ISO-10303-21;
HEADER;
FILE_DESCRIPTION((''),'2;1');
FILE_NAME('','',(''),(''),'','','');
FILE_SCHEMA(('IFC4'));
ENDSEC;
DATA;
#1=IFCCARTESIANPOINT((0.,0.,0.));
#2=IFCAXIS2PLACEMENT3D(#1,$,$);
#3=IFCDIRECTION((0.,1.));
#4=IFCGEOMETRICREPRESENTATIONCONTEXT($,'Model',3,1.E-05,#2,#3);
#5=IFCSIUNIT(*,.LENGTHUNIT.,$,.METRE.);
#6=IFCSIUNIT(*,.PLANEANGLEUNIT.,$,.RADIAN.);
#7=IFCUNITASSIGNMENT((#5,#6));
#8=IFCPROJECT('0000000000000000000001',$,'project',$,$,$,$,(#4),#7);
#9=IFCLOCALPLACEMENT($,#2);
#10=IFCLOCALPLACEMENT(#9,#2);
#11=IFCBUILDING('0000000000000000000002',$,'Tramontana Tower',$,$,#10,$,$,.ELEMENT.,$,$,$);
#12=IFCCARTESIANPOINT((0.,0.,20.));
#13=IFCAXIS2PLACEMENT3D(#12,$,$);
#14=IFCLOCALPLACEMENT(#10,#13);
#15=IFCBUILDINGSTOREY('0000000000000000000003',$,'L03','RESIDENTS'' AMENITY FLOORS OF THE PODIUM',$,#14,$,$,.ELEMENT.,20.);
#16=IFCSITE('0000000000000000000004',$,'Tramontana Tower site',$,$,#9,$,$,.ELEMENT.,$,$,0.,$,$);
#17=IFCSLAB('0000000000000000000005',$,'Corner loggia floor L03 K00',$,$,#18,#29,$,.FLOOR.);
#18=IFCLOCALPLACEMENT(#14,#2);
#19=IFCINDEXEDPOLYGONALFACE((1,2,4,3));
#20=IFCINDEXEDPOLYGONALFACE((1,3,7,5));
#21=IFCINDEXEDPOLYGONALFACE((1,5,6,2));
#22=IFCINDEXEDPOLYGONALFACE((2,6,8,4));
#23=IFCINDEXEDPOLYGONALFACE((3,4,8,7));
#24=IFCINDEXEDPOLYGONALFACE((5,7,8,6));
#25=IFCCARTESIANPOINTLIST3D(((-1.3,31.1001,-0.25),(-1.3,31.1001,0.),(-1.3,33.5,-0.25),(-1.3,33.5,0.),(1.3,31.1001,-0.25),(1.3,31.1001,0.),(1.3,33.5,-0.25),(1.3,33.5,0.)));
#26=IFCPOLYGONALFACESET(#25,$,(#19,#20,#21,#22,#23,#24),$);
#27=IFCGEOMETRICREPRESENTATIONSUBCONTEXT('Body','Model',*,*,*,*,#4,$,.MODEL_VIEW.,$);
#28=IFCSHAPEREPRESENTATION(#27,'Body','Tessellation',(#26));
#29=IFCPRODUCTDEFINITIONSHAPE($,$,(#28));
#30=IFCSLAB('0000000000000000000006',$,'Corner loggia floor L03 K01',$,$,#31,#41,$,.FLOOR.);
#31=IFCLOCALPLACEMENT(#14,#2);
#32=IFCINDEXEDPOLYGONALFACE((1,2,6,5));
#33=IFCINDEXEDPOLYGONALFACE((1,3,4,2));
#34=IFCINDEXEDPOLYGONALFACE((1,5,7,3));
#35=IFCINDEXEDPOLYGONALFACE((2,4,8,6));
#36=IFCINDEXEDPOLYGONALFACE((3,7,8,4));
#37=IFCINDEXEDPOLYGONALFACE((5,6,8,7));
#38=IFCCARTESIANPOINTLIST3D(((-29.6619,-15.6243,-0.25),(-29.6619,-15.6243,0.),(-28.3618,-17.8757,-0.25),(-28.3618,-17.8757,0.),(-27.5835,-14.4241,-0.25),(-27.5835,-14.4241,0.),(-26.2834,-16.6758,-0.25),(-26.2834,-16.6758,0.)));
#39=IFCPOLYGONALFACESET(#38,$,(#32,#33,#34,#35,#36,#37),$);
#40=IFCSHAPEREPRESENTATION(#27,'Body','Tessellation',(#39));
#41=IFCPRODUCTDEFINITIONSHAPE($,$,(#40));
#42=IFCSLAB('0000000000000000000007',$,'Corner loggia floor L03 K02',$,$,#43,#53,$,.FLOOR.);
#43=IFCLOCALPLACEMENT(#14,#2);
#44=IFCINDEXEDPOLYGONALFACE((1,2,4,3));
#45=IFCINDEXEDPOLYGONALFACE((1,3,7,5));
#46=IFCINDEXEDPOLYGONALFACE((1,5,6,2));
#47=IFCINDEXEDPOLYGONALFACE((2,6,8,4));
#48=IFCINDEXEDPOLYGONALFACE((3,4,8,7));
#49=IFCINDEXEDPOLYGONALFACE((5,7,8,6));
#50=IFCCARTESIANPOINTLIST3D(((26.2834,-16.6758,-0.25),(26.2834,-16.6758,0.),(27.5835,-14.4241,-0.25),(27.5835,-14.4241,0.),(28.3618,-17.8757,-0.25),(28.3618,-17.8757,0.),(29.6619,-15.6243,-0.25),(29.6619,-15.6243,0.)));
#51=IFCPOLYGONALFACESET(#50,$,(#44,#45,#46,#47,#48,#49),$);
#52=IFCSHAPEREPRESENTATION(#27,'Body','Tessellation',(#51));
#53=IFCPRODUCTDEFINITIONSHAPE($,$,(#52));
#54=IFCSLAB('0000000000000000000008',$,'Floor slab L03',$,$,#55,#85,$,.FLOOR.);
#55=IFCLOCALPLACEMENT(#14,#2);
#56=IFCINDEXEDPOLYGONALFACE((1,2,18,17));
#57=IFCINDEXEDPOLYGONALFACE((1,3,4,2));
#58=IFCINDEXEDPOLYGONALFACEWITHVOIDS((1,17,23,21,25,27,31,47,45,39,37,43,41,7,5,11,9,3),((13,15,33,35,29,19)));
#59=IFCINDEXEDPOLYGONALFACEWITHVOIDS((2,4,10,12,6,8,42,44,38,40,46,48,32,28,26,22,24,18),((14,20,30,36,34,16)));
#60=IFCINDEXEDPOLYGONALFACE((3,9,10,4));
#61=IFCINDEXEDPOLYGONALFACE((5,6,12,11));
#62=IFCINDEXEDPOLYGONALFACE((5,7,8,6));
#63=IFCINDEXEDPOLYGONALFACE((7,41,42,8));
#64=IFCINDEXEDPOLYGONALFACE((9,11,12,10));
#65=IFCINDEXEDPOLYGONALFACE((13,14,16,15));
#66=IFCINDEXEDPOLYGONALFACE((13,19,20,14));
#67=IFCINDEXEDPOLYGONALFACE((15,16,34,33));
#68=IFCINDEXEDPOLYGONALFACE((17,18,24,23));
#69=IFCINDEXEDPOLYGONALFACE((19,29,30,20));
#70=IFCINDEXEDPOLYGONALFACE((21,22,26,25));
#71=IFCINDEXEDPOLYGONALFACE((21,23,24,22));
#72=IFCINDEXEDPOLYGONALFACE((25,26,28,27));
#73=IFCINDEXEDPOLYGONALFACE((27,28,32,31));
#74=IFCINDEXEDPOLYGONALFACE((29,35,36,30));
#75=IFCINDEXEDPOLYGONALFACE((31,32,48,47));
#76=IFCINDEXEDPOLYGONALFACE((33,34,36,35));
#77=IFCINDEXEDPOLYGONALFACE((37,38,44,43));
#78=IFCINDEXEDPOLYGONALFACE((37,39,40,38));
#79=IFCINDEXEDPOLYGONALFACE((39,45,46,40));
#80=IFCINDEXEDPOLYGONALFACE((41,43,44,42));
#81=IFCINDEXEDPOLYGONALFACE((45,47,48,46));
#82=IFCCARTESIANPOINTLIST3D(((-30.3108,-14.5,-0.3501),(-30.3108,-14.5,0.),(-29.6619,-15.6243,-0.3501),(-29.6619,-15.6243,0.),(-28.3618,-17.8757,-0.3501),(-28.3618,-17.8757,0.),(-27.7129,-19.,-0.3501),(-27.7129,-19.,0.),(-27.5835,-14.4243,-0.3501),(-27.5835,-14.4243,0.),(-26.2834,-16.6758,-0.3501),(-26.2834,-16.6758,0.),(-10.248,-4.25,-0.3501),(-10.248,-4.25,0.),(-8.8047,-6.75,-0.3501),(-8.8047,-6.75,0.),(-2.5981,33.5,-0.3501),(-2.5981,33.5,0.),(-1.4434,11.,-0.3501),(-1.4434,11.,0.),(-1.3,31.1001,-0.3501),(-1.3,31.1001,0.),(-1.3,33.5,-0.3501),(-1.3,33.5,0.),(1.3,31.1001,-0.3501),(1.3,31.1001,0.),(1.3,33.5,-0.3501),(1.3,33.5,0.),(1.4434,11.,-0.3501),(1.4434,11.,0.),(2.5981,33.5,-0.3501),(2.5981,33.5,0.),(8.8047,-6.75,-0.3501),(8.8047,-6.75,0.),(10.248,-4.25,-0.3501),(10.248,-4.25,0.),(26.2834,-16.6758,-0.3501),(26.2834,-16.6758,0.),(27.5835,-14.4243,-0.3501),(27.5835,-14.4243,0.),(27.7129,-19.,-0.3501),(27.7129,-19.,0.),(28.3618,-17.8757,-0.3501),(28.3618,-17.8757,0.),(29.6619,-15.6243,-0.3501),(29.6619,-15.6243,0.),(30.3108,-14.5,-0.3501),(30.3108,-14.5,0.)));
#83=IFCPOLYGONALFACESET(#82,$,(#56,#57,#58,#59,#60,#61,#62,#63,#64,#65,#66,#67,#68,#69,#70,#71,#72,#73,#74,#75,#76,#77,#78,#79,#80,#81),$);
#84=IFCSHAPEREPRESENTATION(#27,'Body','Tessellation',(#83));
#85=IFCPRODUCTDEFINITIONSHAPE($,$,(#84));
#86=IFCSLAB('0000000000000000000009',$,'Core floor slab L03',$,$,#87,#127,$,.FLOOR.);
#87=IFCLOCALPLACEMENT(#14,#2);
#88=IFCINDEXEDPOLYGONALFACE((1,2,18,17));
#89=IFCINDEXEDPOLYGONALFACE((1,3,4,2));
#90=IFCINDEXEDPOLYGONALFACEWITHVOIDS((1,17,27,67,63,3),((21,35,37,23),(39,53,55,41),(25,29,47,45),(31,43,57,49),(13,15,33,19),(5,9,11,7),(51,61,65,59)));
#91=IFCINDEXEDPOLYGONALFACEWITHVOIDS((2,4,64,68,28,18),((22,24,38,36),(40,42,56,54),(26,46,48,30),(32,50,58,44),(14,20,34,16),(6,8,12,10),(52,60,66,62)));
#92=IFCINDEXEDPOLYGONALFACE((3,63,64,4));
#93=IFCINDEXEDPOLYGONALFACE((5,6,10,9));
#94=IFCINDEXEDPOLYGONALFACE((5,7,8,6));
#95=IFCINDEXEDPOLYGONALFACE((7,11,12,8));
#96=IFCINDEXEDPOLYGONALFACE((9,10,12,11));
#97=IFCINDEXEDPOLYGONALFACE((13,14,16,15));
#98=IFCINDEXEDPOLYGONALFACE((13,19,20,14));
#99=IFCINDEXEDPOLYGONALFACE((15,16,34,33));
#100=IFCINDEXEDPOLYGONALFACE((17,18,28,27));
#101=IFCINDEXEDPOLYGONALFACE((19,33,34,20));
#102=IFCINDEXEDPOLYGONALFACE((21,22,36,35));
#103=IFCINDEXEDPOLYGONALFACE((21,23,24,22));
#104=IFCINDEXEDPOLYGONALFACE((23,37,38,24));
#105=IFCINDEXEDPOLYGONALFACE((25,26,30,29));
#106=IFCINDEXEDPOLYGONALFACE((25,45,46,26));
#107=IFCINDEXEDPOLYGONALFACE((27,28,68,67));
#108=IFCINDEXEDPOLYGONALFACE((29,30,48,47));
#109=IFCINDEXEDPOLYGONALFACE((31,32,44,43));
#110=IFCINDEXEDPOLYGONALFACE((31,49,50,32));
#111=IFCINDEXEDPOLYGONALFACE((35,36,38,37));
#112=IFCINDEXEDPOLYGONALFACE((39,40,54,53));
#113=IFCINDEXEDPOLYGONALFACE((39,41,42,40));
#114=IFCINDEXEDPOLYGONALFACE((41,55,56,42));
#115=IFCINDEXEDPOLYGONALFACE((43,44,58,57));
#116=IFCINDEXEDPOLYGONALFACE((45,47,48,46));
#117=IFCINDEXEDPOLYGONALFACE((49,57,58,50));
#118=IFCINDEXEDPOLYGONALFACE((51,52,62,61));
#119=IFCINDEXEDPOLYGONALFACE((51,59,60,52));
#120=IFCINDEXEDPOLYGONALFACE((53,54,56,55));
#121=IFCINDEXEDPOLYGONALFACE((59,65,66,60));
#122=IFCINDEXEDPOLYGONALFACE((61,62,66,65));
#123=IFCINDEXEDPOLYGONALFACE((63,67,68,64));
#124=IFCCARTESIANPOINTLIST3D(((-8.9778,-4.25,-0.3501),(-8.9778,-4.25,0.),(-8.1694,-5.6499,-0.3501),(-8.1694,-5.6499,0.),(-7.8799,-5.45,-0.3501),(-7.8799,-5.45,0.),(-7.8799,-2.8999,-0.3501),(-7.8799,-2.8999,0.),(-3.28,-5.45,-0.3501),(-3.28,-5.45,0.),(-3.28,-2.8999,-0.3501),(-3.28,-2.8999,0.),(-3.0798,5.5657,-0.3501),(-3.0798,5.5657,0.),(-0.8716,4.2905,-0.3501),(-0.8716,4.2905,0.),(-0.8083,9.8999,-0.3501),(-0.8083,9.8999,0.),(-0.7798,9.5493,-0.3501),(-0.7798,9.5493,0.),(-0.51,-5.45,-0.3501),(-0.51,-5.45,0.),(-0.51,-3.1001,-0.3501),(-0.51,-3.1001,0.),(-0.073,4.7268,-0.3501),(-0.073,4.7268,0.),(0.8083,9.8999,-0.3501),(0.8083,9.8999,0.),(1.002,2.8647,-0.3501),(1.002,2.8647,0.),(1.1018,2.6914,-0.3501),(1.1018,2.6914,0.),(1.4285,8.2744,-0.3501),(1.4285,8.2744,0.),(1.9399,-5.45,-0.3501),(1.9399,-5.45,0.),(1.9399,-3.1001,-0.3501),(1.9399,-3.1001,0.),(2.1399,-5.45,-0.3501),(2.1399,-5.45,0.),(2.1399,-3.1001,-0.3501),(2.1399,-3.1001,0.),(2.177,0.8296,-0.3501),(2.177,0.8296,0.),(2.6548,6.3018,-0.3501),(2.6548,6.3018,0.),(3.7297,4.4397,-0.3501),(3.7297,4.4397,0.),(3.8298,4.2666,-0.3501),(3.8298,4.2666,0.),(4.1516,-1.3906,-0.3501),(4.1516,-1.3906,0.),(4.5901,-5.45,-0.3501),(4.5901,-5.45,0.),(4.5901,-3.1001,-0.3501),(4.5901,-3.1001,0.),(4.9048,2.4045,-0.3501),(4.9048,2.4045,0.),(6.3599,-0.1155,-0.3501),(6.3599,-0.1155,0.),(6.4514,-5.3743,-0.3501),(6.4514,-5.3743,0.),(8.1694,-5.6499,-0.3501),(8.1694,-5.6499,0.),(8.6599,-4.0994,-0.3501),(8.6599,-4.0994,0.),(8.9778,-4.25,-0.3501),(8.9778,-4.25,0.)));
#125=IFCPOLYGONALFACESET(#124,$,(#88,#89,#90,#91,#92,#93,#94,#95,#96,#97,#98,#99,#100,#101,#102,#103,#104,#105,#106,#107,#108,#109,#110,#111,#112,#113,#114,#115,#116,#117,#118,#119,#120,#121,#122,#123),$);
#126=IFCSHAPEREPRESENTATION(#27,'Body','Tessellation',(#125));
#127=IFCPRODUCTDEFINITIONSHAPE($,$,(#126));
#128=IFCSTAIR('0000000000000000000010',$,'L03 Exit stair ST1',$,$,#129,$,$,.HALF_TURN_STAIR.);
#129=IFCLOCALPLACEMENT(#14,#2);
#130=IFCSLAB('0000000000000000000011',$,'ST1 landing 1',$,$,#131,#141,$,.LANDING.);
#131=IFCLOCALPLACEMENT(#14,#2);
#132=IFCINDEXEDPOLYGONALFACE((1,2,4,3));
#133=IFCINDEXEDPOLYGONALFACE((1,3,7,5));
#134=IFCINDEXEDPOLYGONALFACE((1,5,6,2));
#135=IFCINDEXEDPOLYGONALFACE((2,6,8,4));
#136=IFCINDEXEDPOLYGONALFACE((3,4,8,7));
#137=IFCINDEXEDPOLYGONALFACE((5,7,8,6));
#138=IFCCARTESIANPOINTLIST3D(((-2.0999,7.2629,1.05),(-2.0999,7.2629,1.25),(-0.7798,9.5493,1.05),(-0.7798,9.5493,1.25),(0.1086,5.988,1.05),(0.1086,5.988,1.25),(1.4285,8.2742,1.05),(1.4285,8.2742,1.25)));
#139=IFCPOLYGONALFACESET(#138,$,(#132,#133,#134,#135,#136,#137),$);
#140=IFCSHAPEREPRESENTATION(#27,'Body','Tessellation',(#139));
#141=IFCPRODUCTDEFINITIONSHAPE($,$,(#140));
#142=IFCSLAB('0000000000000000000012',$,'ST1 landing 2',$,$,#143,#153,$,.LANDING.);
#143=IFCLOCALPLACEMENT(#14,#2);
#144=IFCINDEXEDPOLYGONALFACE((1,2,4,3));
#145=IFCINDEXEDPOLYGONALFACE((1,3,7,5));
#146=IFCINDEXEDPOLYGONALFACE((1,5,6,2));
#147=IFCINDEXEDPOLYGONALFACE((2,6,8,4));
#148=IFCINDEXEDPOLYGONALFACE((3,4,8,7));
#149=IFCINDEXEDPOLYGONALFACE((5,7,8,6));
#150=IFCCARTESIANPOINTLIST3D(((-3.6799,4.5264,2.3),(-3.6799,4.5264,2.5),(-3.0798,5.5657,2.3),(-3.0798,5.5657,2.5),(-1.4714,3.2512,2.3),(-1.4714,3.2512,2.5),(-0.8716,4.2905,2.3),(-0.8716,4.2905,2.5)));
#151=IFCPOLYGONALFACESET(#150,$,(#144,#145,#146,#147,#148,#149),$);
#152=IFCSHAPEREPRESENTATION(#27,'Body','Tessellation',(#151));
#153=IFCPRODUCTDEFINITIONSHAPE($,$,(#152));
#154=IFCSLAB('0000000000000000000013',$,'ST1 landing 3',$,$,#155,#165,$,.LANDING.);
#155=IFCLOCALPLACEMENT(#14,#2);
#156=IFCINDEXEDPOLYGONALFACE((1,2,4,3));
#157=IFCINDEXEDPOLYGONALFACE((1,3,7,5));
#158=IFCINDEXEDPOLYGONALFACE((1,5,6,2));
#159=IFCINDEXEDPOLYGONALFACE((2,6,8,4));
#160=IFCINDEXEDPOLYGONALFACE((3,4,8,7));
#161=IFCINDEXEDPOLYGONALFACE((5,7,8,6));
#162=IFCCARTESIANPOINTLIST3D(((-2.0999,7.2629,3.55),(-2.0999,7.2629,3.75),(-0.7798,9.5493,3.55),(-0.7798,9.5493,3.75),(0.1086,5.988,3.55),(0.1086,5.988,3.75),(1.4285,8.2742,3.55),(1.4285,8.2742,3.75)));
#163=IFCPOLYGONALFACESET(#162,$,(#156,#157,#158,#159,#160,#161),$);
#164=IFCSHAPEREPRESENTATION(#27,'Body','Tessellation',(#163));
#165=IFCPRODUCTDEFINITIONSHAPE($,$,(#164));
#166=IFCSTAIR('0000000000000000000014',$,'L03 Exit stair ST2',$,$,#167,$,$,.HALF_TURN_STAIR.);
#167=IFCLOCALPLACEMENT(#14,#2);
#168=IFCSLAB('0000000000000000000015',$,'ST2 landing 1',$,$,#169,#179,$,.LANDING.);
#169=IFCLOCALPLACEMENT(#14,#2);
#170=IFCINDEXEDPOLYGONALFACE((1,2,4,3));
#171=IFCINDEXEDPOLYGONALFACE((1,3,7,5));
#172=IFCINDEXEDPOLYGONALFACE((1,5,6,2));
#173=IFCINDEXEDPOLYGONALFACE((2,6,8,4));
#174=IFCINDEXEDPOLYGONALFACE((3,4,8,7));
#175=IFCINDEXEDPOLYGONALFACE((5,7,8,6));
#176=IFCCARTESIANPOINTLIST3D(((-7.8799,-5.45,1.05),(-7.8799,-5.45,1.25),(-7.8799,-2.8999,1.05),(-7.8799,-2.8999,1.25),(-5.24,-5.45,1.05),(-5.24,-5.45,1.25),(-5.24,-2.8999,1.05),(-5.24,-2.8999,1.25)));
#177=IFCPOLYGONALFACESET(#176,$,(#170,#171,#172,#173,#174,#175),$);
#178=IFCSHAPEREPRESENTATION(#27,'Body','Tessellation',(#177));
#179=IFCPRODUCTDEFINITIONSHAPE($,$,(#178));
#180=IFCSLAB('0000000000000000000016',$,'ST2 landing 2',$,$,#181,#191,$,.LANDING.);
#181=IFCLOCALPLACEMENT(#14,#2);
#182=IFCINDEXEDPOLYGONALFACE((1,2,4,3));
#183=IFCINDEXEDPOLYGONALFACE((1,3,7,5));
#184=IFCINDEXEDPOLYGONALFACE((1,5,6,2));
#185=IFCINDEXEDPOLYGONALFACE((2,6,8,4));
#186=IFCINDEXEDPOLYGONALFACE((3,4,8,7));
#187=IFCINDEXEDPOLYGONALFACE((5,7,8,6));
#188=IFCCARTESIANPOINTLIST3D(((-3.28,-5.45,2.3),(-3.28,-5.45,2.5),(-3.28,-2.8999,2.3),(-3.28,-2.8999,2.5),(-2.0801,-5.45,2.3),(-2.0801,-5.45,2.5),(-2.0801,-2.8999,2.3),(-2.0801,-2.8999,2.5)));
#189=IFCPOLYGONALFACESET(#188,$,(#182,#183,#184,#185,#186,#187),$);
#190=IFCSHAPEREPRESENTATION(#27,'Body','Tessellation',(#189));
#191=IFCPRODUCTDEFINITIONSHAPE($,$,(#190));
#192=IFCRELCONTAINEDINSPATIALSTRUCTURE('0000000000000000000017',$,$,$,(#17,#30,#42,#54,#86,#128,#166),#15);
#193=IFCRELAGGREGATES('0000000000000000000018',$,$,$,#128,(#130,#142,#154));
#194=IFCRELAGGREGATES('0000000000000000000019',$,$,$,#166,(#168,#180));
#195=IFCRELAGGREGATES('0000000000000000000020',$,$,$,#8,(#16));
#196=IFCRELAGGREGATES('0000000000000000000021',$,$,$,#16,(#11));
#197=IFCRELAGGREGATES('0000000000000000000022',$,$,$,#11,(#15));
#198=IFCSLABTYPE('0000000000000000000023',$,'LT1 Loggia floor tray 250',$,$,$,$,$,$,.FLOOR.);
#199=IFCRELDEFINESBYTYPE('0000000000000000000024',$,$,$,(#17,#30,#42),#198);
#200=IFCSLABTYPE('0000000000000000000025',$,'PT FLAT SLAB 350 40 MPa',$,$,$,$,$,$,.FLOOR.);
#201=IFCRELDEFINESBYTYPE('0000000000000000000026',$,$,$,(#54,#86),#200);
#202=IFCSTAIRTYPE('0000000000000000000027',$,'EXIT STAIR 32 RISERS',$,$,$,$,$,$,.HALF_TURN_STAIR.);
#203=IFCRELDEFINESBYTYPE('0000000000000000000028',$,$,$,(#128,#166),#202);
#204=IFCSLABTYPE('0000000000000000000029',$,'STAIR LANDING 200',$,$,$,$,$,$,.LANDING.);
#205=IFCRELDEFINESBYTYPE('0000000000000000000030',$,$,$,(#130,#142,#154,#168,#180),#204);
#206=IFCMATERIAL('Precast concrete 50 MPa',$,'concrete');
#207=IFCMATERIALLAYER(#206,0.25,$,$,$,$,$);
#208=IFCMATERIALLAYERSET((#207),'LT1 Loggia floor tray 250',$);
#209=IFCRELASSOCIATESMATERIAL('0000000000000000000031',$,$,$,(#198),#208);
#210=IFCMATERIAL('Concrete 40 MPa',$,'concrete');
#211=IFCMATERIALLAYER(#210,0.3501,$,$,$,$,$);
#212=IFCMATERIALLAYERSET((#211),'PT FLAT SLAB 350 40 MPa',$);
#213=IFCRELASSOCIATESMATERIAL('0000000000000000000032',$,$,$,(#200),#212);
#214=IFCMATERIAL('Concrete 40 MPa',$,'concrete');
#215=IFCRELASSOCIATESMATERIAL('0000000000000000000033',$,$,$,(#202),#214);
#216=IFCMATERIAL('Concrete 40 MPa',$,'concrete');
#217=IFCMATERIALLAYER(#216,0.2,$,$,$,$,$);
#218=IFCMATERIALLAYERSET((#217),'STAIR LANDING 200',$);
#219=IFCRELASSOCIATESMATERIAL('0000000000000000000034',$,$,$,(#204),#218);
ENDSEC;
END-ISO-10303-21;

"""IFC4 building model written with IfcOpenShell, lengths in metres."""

from ifc_helpers import new_model, si_unit, direction, frame, origin, place, context, subcontext, project, spatial, polyline, outline, extrude, material, layer, layer_set, type_object, element, aggregate, save


model = new_model("IFC4")

# Units and contexts
model_context = context("Model", 3, precision=1e-05, world=origin(), true_north=direction((0.0, 1.0)))
body_context = subcontext(model_context, "Body", "Model", "MODEL_VIEW")
ifc_project = project(units=[si_unit("LENGTHUNIT", "METRE"), si_unit("PLANEANGLEUNIT", "RADIAN")], contexts=[model_context])

# Site, building, storey
site_placement = place(None, origin())
site = spatial("IfcSite", under=ifc_project, at=site_placement, Name="Tramontana Tower site", CompositionType="ELEMENT", RefElevation=0.0)
building_placement = place(site_placement, origin())
building = spatial("IfcBuilding", under=site, at=building_placement, Name="Tramontana Tower", CompositionType="ELEMENT")
storey_placement = place(building_placement, frame((0.0, 0.0, 20.0)))
storey = spatial("IfcBuildingStorey", under=building, at=storey_placement, Name="L03", Description="RESIDENTS' AMENITY FLOORS OF THE PODIUM", CompositionType="ELEMENT", Elevation=20.0)

# Slabs
ifc_material_1 = material(Name="Precast concrete 50 MPa", Category="concrete")
ifc_layer_1 = layer(ifc_material_1, 0.25)
ifc_layer_set_1 = layer_set([ifc_layer_1], Name="LT1 Loggia floor tray 250")
slab_type_1 = type_object("IfcSlabType", Name="LT1 Loggia floor tray 250", PredefinedType="FLOOR", material=ifc_layer_set_1)
slab_1_placement = place(storey_placement, frame((0.0, 0.0, -0.25)))
element("IfcSlab", 1, at=slab_1_placement, inside=storey, type_object=slab_type_1, Name="Corner loggia floor L03 K00", PredefinedType="FLOOR", context=body_context, shape_type="SweptSolid", body=[
    extrude(outline(polyline([(1.3, 33.5), (1.3, 31.1001), (-1.3, 31.1001), (-1.3, 33.5), (1.3, 33.5)])), origin(), (0.0, 0.0, 1.0), 0.25),
])
slab_2_placement = place(storey_placement, frame((0.0, 0.0, -0.25)))
element("IfcSlab", 2, at=slab_2_placement, inside=storey, type_object=slab_type_1, Name="Corner loggia floor L03 K01", PredefinedType="FLOOR", context=body_context, shape_type="SweptSolid", body=[
    extrude(outline(polyline([(-29.6619, -15.6243), (-27.5835, -14.4241), (-26.2834, -16.6758), (-28.3618, -17.8757), (-29.6619, -15.6243)])), origin(), (0.0, 0.0, 1.0), 0.25),
])
slab_3_placement = place(storey_placement, frame((0.0, 0.0, -0.25)))
element("IfcSlab", 3, at=slab_3_placement, inside=storey, type_object=slab_type_1, Name="Corner loggia floor L03 K02", PredefinedType="FLOOR", context=body_context, shape_type="SweptSolid", body=[
    extrude(outline(polyline([(28.3618, -17.8757), (26.2834, -16.6758), (27.5835, -14.4241), (29.6619, -15.6243), (28.3618, -17.8757)])), origin(), (0.0, 0.0, 1.0), 0.25),
])
ifc_material_2 = material(Name="Concrete 40 MPa", Category="concrete")
ifc_layer_2 = layer(ifc_material_2, 0.3501)
ifc_layer_set_2 = layer_set([ifc_layer_2], Name="PT FLAT SLAB 350 40 MPa")
slab_type_2 = type_object("IfcSlabType", Name="PT FLAT SLAB 350 40 MPa", PredefinedType="FLOOR", material=ifc_layer_set_2)
slab_4_placement = place(storey_placement, frame((0.0, 0.0, -0.3501)))
element("IfcSlab", 4, at=slab_4_placement, inside=storey, type_object=slab_type_2, Name="Floor slab L03", PredefinedType="FLOOR", context=body_context, shape_type="SweptSolid", body=[
    extrude(outline(polyline([(29.6619, -15.6243), (27.5835, -14.4243), (26.2834, -16.6758), (28.3618, -17.8757), (27.7129, -19.0), (-27.7129, -19.0), (-28.3618, -17.8757), (-26.2834, -16.6758), (-27.5835, -14.4243), (-29.6619, -15.6243), (-30.3108, -14.5), (-2.5981, 33.5), (-1.3, 33.5), (-1.3, 31.1001), (1.3, 31.1001), (1.3, 33.5), (2.5981, 33.5), (30.3108, -14.5), (29.6619, -15.6243)]), holes=[polyline([(-10.248, -4.25), (-8.8047, -6.75), (8.8047, -6.75), (10.248, -4.25), (1.4434, 11.0), (-1.4434, 11.0), (-10.248, -4.25)])]), origin(), (0.0, 0.0, 1.0), 0.3501),
])
slab_5_placement = place(storey_placement, frame((0.0, 0.0, -0.3501)))
element("IfcSlab", 5, at=slab_5_placement, inside=storey, type_object=slab_type_2, Name="Core floor slab L03", PredefinedType="FLOOR", context=body_context, shape_type="SweptSolid", body=[
    extrude(outline(polyline([(8.9778, -4.25), (8.1694, -5.6499), (-8.1694, -5.6499), (-8.9778, -4.25), (-0.8083, 9.8999), (0.8083, 9.8999), (8.9778, -4.25)]), holes=[polyline([(8.6599, -4.0994), (6.3599, -0.1155), (4.1516, -1.3906), (6.4514, -5.3743), (8.6599, -4.0994)]), polyline([(3.8298, 4.2666), (1.1018, 2.6914), (2.177, 0.8296), (4.9048, 2.4045), (3.8298, 4.2666)]), polyline([(4.5901, -3.1001), (2.1399, -3.1001), (2.1399, -5.45), (4.5901, -5.45), (4.5901, -3.1001)]), polyline([(2.6548, 6.3018), (-0.073, 4.7268), (1.002, 2.8647), (3.7297, 4.4397), (2.6548, 6.3018)]), polyline([(1.9399, -5.45), (1.9399, -3.1001), (-0.51, -3.1001), (-0.51, -5.45), (1.9399, -5.45)]), polyline([(-0.7798, 9.5493), (-3.0798, 5.5657), (-0.8716, 4.2905), (1.4285, 8.2744), (-0.7798, 9.5493)]), polyline([(-7.8799, -5.45), (-3.28, -5.45), (-3.28, -2.8999), (-7.8799, -2.8999), (-7.8799, -5.45)])]), origin(), (0.0, 0.0, 1.0), 0.3501),
])

# Stairs, slabs
ifc_material_3 = material(Name="Concrete 40 MPa", Category="concrete")
stair_type = type_object("IfcStairType", Name="EXIT STAIR 32 RISERS", PredefinedType="HALF_TURN_STAIR", material=ifc_material_3)
stair_1_placement = place(storey_placement, origin())
stair_1 = element("IfcStair", 6, at=stair_1_placement, inside=storey, type_object=stair_type, Name="L03 Exit stair ST1", PredefinedType="HALF_TURN_STAIR")
ifc_material_4 = material(Name="Concrete 40 MPa", Category="concrete")
ifc_layer_3 = layer(ifc_material_4, 0.2)
ifc_layer_set_3 = layer_set([ifc_layer_3], Name="STAIR LANDING 200")
slab_type_3 = type_object("IfcSlabType", Name="STAIR LANDING 200", PredefinedType="LANDING", material=ifc_layer_set_3)
slab_6_placement = place(storey_placement, frame((0.0, 0.0, 1.05)))
slab_6 = element("IfcSlab", 7, at=slab_6_placement, type_object=slab_type_3, Name="ST1 landing 1", PredefinedType="LANDING", context=body_context, shape_type="SweptSolid", body=[
    extrude(outline(polyline([(0.1086, 5.988), (1.4285, 8.2742), (-0.7798, 9.5493), (-2.0999, 7.2629), (0.1086, 5.988)])), origin(), (0.0, 0.0, 1.0), 0.2),
])
slab_7_placement = place(storey_placement, frame((0.0, 0.0, 2.3)))
slab_7 = element("IfcSlab", 8, at=slab_7_placement, type_object=slab_type_3, Name="ST1 landing 2", PredefinedType="LANDING", context=body_context, shape_type="SweptSolid", body=[
    extrude(outline(polyline([(-1.4714, 3.2512), (-0.8716, 4.2905), (-3.0798, 5.5657), (-3.6799, 4.5264), (-1.4714, 3.2512)])), origin(), (0.0, 0.0, 1.0), 0.2),
])
slab_8_placement = place(storey_placement, frame((0.0, 0.0, 3.55)))
slab_8 = element("IfcSlab", 9, at=slab_8_placement, type_object=slab_type_3, Name="ST1 landing 3", PredefinedType="LANDING", context=body_context, shape_type="SweptSolid", body=[
    extrude(outline(polyline([(0.1086, 5.988), (1.4285, 8.2742), (-0.7798, 9.5493), (-2.0999, 7.2629), (0.1086, 5.988)])), origin(), (0.0, 0.0, 1.0), 0.2),
])
aggregate(stair_1, [slab_6, slab_7, slab_8])
stair_2_placement = place(storey_placement, origin())
stair_2 = element("IfcStair", 10, at=stair_2_placement, inside=storey, type_object=stair_type, Name="L03 Exit stair ST2", PredefinedType="HALF_TURN_STAIR")
slab_9_placement = place(storey_placement, frame((0.0, 0.0, 1.05)))
slab_9 = element("IfcSlab", 11, at=slab_9_placement, type_object=slab_type_3, Name="ST2 landing 1", PredefinedType="LANDING", context=body_context, shape_type="SweptSolid", body=[
    extrude(outline(polyline([(-5.24, -2.8999), (-7.8799, -2.8999), (-7.8799, -5.45), (-5.24, -5.45), (-5.24, -2.8999)])), origin(), (0.0, 0.0, 1.0), 0.2),
])
slab_10_placement = place(storey_placement, frame((0.0, 0.0, 2.3)))
slab_10 = element("IfcSlab", 12, at=slab_10_placement, type_object=slab_type_3, Name="ST2 landing 2", PredefinedType="LANDING", context=body_context, shape_type="SweptSolid", body=[
    extrude(outline(polyline([(-2.0801, -2.8999), (-3.28, -2.8999), (-3.28, -5.45), (-2.0801, -5.45), (-2.0801, -2.8999)])), origin(), (0.0, 0.0, 1.0), 0.2),
])
aggregate(stair_2, [slab_9, slab_10])

save(model, "model.ifc")
